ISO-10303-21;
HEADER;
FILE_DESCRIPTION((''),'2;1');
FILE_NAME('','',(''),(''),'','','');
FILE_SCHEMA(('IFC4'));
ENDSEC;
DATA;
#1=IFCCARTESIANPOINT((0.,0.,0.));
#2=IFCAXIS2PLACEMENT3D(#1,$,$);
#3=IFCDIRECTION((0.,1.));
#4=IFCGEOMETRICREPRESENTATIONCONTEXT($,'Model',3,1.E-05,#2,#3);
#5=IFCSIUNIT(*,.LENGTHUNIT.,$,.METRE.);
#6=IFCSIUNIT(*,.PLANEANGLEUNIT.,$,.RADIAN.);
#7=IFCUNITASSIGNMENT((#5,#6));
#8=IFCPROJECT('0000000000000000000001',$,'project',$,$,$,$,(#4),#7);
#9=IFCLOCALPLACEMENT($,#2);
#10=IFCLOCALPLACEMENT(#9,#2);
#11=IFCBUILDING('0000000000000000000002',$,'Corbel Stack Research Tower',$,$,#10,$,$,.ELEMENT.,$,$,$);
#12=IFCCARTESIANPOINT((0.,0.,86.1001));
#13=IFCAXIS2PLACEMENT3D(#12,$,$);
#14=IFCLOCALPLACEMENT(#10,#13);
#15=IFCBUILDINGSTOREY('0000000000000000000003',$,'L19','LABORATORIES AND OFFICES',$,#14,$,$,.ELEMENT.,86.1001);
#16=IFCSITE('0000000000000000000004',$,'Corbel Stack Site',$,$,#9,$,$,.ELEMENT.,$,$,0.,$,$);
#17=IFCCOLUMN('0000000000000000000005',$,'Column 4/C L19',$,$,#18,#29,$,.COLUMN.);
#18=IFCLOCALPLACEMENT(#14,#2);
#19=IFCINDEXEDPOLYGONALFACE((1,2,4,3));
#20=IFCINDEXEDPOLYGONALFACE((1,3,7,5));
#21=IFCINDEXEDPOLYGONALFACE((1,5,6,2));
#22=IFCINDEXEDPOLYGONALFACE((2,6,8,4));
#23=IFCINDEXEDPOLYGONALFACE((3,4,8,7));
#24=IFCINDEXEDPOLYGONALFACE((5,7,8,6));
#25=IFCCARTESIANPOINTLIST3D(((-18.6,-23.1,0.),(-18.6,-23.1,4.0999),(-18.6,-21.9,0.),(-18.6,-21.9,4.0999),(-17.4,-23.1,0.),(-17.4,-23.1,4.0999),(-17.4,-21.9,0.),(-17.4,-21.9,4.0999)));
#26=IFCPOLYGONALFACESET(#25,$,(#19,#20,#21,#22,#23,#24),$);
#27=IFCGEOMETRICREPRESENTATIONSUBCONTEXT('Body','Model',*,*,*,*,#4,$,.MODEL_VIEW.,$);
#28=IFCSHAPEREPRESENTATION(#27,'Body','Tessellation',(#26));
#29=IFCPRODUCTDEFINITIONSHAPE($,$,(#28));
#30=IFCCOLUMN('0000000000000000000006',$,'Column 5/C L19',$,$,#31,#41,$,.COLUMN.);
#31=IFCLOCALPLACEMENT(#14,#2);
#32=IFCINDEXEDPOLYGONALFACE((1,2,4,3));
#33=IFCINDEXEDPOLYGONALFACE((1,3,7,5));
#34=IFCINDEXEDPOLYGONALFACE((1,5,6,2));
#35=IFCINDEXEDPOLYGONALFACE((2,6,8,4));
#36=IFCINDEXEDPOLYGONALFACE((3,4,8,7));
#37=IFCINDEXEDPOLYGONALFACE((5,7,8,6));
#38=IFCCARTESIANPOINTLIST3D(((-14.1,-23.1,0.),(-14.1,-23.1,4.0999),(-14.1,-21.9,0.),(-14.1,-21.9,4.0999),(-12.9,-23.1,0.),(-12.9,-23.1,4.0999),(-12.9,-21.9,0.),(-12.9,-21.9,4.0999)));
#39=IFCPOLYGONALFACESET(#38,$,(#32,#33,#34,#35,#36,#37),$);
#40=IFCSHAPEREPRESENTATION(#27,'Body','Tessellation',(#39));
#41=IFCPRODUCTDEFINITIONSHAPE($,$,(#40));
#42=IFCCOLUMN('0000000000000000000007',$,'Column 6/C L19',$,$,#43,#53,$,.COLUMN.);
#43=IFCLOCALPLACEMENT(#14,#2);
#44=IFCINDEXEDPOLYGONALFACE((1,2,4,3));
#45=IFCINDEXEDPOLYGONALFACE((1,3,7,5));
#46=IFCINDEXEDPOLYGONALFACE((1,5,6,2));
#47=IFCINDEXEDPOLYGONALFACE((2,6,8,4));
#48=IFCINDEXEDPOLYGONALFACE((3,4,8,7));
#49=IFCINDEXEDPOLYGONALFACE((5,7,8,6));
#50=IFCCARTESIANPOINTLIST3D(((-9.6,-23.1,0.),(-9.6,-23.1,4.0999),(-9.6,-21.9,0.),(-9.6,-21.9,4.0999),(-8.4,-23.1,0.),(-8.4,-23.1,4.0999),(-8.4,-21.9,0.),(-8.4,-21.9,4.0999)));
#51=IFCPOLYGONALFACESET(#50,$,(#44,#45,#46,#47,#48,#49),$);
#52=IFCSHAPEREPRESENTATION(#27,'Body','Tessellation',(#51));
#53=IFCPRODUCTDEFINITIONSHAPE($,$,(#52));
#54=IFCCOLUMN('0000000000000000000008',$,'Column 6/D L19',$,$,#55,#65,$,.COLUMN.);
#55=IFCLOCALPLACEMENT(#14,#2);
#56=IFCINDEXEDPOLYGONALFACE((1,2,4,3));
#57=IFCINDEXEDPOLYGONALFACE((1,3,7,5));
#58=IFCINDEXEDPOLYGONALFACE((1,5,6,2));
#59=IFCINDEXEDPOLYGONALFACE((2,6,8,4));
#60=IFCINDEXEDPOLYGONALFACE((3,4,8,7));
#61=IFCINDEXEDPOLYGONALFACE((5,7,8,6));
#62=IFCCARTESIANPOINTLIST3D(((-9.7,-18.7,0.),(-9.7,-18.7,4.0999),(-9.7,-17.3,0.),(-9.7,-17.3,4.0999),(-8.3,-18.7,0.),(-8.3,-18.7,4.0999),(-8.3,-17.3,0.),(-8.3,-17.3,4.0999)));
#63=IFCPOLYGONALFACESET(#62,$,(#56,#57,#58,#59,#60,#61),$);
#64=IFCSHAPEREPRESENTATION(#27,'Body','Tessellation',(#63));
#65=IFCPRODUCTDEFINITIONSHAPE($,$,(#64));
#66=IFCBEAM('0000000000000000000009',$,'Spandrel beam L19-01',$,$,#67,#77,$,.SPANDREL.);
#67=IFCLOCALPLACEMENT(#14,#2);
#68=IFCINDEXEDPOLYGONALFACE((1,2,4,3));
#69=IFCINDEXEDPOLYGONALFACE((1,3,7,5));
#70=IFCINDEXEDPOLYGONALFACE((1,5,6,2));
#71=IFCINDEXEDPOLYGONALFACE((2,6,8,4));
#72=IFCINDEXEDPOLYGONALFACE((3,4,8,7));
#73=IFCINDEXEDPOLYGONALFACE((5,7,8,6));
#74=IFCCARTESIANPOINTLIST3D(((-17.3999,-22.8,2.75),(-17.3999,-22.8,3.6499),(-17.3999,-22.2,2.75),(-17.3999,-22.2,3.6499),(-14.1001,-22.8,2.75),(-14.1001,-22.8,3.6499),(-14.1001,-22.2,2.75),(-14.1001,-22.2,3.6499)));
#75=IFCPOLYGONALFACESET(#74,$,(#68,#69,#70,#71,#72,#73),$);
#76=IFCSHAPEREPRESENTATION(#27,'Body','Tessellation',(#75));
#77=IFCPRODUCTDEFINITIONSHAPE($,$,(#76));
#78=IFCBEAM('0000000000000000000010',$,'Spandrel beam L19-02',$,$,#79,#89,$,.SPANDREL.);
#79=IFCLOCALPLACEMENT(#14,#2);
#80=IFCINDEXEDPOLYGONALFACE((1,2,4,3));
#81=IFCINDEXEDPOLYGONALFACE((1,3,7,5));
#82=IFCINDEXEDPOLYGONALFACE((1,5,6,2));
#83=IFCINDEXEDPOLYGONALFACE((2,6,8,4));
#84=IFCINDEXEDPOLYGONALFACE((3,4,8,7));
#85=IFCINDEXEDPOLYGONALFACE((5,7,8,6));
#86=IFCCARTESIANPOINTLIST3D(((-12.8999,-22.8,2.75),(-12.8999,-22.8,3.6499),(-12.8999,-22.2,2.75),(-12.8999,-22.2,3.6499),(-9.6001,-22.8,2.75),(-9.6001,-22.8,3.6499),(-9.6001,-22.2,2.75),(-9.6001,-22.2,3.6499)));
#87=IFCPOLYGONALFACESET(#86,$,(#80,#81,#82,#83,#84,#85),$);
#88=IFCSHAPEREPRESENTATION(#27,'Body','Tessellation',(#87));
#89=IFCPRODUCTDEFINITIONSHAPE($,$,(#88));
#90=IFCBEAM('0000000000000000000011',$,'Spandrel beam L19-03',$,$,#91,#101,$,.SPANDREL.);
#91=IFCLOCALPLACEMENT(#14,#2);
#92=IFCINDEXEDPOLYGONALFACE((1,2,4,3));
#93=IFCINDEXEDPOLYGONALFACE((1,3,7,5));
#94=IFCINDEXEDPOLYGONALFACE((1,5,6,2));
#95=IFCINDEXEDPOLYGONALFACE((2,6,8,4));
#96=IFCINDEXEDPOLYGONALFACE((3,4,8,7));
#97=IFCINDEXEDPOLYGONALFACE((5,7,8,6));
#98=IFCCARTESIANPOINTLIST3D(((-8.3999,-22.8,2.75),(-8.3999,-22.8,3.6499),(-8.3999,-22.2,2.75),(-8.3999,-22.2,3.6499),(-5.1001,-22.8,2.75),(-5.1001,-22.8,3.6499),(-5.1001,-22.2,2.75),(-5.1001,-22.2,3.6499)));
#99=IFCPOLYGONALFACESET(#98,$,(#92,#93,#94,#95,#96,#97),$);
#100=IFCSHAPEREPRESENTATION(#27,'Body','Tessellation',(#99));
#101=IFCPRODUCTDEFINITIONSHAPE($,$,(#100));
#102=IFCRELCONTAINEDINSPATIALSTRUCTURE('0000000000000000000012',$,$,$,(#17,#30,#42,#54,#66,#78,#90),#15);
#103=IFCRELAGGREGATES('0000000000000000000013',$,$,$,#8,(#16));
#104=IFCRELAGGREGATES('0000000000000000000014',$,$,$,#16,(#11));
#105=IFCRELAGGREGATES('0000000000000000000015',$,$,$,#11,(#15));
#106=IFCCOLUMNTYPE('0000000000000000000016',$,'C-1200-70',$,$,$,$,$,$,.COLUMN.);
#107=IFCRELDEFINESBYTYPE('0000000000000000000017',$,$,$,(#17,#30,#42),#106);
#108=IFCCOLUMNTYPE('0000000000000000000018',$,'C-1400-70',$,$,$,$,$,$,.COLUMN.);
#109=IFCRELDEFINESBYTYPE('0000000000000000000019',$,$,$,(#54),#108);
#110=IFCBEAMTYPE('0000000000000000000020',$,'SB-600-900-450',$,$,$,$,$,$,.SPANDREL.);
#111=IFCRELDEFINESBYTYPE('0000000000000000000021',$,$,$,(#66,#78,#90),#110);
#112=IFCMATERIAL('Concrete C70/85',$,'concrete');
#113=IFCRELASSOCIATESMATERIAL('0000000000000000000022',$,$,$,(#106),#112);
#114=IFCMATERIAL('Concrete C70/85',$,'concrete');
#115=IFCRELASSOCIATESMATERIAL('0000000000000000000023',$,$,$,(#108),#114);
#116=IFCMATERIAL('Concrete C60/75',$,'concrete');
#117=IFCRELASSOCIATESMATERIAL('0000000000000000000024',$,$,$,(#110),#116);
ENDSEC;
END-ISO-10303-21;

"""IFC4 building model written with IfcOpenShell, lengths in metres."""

from ifc_helpers import new_model, si_unit, direction, frame, origin, origin_2d, place, context, subcontext, project, spatial, rectangle, extrude, material, material_profile, profile_set, type_object, element, save


model = new_model("IFC4")

# Units and contexts
model_context = context("Model", 3, precision=1e-05, world=origin(), true_north=direction((0.0, 1.0)))
body_context = subcontext(model_context, "Body", "Model", "MODEL_VIEW")
ifc_project = project(units=[si_unit("LENGTHUNIT", "METRE"), si_unit("PLANEANGLEUNIT", "RADIAN")], contexts=[model_context])

# Site, building, storey
site_placement = place(None, origin())
site = spatial("IfcSite", under=ifc_project, at=site_placement, Name="Corbel Stack Site", CompositionType="ELEMENT", RefElevation=0.0)
building_placement = place(site_placement, origin())
building = spatial("IfcBuilding", under=site, at=building_placement, Name="Corbel Stack Research Tower", CompositionType="ELEMENT")
storey_placement = place(building_placement, frame((0.0, 0.0, 86.1001)))
storey = spatial("IfcBuildingStorey", under=building, at=storey_placement, Name="L19", Description="LABORATORIES AND OFFICES", CompositionType="ELEMENT", Elevation=86.1001)

# Columns
ifc_material_1 = material(Name="Concrete C70/85", Category="concrete")
ifc_material_profile_1 = material_profile(ifc_material_1, rectangle(XDim=1.2, YDim=1.2, at=origin_2d()), Name="RC 1200 x 1200")
ifc_profile_set_1 = profile_set([ifc_material_profile_1], Name="Concrete C70/85")
column_type_1 = type_object("IfcColumnType", Name="C-1200-70", PredefinedType="COLUMN", material=ifc_profile_set_1)
for number, where, z_axis, x_axis, name in (
    (1, (-18.0, -22.5, 0.0), (0.0, 0.0, 1.0), (1.0, 0.0, 0.0), "Column 4/C L19"),
    (2, (-13.5, -22.5, 0.0), (0.0, 0.0, 1.0), (1.0, 0.0, 0.0), "Column 5/C L19"),
    (3, (-9.0, -22.5, 0.0), (0.0, 0.0, 1.0), (1.0, 0.0, 0.0), "Column 6/C L19"),
):
    element("IfcColumn", number, at=place(storey_placement, frame(where, z_axis=z_axis, x_axis=x_axis)), inside=storey, type_object=column_type_1, Name=name, PredefinedType="COLUMN", context=body_context, shape_type="SweptSolid", body=[
        extrude(rectangle(XDim=1.2, YDim=1.2, at=origin_2d()), origin(), (0.0, 0.0, 1.0), 4.0999),
    ])
ifc_material_2 = material(Name="Concrete C70/85", Category="concrete")
ifc_material_profile_2 = material_profile(ifc_material_2, rectangle(XDim=1.3999, YDim=1.3999, at=origin_2d()), Name="RC 1400 x 1400")
ifc_profile_set_2 = profile_set([ifc_material_profile_2], Name="Concrete C70/85")
column_type_2 = type_object("IfcColumnType", Name="C-1400-70", PredefinedType="COLUMN", material=ifc_profile_set_2)
column_placement = place(storey_placement, frame((-9.0, -18.0, 0.0), z_axis=(0.0, 0.0, 1.0), x_axis=(1.0, 0.0, 0.0)))
element("IfcColumn", 4, at=column_placement, inside=storey, type_object=column_type_2, Name="Column 6/D L19", PredefinedType="COLUMN", context=body_context, shape_type="SweptSolid", body=[
    extrude(rectangle(XDim=1.3999, YDim=1.3999, at=origin_2d()), origin(), (0.0, 0.0, 1.0), 4.0999),
])

# Beams
ifc_material_3 = material(Name="Concrete C60/75", Category="concrete")
ifc_material_profile_3 = material_profile(ifc_material_3, rectangle(XDim=0.6001, YDim=0.8999, at=origin_2d()), Name="RC 600 x 900")
ifc_profile_set_3 = profile_set([ifc_material_profile_3], Name="Concrete C60/75")
beam_type = type_object("IfcBeamType", Name="SB-600-900-450", PredefinedType="SPANDREL", material=ifc_profile_set_3)
for number, where, z_axis, x_axis, name in (
    (5, (-17.3999, -22.5, 3.2), (1.0, 0.0, 0.0), (0.0, 1.0, 0.0), "Spandrel beam L19-01"),
    (6, (-12.8999, -22.5, 3.2), (1.0, 0.0, 0.0), (0.0, 1.0, 0.0), "Spandrel beam L19-02"),
    (7, (-8.3999, -22.5, 3.2), (1.0, 0.0, 0.0), (0.0, 1.0, 0.0), "Spandrel beam L19-03"),
):
    element("IfcBeam", number, at=place(storey_placement, frame(where, z_axis=z_axis, x_axis=x_axis)), inside=storey, type_object=beam_type, Name=name, PredefinedType="SPANDREL", context=body_context, shape_type="SweptSolid", body=[
        extrude(rectangle(XDim=0.6001, YDim=0.8999, at=origin_2d()), origin(), (0.0, 0.0, 1.0), 3.2998),
    ])

save(model, "model.ifc")
